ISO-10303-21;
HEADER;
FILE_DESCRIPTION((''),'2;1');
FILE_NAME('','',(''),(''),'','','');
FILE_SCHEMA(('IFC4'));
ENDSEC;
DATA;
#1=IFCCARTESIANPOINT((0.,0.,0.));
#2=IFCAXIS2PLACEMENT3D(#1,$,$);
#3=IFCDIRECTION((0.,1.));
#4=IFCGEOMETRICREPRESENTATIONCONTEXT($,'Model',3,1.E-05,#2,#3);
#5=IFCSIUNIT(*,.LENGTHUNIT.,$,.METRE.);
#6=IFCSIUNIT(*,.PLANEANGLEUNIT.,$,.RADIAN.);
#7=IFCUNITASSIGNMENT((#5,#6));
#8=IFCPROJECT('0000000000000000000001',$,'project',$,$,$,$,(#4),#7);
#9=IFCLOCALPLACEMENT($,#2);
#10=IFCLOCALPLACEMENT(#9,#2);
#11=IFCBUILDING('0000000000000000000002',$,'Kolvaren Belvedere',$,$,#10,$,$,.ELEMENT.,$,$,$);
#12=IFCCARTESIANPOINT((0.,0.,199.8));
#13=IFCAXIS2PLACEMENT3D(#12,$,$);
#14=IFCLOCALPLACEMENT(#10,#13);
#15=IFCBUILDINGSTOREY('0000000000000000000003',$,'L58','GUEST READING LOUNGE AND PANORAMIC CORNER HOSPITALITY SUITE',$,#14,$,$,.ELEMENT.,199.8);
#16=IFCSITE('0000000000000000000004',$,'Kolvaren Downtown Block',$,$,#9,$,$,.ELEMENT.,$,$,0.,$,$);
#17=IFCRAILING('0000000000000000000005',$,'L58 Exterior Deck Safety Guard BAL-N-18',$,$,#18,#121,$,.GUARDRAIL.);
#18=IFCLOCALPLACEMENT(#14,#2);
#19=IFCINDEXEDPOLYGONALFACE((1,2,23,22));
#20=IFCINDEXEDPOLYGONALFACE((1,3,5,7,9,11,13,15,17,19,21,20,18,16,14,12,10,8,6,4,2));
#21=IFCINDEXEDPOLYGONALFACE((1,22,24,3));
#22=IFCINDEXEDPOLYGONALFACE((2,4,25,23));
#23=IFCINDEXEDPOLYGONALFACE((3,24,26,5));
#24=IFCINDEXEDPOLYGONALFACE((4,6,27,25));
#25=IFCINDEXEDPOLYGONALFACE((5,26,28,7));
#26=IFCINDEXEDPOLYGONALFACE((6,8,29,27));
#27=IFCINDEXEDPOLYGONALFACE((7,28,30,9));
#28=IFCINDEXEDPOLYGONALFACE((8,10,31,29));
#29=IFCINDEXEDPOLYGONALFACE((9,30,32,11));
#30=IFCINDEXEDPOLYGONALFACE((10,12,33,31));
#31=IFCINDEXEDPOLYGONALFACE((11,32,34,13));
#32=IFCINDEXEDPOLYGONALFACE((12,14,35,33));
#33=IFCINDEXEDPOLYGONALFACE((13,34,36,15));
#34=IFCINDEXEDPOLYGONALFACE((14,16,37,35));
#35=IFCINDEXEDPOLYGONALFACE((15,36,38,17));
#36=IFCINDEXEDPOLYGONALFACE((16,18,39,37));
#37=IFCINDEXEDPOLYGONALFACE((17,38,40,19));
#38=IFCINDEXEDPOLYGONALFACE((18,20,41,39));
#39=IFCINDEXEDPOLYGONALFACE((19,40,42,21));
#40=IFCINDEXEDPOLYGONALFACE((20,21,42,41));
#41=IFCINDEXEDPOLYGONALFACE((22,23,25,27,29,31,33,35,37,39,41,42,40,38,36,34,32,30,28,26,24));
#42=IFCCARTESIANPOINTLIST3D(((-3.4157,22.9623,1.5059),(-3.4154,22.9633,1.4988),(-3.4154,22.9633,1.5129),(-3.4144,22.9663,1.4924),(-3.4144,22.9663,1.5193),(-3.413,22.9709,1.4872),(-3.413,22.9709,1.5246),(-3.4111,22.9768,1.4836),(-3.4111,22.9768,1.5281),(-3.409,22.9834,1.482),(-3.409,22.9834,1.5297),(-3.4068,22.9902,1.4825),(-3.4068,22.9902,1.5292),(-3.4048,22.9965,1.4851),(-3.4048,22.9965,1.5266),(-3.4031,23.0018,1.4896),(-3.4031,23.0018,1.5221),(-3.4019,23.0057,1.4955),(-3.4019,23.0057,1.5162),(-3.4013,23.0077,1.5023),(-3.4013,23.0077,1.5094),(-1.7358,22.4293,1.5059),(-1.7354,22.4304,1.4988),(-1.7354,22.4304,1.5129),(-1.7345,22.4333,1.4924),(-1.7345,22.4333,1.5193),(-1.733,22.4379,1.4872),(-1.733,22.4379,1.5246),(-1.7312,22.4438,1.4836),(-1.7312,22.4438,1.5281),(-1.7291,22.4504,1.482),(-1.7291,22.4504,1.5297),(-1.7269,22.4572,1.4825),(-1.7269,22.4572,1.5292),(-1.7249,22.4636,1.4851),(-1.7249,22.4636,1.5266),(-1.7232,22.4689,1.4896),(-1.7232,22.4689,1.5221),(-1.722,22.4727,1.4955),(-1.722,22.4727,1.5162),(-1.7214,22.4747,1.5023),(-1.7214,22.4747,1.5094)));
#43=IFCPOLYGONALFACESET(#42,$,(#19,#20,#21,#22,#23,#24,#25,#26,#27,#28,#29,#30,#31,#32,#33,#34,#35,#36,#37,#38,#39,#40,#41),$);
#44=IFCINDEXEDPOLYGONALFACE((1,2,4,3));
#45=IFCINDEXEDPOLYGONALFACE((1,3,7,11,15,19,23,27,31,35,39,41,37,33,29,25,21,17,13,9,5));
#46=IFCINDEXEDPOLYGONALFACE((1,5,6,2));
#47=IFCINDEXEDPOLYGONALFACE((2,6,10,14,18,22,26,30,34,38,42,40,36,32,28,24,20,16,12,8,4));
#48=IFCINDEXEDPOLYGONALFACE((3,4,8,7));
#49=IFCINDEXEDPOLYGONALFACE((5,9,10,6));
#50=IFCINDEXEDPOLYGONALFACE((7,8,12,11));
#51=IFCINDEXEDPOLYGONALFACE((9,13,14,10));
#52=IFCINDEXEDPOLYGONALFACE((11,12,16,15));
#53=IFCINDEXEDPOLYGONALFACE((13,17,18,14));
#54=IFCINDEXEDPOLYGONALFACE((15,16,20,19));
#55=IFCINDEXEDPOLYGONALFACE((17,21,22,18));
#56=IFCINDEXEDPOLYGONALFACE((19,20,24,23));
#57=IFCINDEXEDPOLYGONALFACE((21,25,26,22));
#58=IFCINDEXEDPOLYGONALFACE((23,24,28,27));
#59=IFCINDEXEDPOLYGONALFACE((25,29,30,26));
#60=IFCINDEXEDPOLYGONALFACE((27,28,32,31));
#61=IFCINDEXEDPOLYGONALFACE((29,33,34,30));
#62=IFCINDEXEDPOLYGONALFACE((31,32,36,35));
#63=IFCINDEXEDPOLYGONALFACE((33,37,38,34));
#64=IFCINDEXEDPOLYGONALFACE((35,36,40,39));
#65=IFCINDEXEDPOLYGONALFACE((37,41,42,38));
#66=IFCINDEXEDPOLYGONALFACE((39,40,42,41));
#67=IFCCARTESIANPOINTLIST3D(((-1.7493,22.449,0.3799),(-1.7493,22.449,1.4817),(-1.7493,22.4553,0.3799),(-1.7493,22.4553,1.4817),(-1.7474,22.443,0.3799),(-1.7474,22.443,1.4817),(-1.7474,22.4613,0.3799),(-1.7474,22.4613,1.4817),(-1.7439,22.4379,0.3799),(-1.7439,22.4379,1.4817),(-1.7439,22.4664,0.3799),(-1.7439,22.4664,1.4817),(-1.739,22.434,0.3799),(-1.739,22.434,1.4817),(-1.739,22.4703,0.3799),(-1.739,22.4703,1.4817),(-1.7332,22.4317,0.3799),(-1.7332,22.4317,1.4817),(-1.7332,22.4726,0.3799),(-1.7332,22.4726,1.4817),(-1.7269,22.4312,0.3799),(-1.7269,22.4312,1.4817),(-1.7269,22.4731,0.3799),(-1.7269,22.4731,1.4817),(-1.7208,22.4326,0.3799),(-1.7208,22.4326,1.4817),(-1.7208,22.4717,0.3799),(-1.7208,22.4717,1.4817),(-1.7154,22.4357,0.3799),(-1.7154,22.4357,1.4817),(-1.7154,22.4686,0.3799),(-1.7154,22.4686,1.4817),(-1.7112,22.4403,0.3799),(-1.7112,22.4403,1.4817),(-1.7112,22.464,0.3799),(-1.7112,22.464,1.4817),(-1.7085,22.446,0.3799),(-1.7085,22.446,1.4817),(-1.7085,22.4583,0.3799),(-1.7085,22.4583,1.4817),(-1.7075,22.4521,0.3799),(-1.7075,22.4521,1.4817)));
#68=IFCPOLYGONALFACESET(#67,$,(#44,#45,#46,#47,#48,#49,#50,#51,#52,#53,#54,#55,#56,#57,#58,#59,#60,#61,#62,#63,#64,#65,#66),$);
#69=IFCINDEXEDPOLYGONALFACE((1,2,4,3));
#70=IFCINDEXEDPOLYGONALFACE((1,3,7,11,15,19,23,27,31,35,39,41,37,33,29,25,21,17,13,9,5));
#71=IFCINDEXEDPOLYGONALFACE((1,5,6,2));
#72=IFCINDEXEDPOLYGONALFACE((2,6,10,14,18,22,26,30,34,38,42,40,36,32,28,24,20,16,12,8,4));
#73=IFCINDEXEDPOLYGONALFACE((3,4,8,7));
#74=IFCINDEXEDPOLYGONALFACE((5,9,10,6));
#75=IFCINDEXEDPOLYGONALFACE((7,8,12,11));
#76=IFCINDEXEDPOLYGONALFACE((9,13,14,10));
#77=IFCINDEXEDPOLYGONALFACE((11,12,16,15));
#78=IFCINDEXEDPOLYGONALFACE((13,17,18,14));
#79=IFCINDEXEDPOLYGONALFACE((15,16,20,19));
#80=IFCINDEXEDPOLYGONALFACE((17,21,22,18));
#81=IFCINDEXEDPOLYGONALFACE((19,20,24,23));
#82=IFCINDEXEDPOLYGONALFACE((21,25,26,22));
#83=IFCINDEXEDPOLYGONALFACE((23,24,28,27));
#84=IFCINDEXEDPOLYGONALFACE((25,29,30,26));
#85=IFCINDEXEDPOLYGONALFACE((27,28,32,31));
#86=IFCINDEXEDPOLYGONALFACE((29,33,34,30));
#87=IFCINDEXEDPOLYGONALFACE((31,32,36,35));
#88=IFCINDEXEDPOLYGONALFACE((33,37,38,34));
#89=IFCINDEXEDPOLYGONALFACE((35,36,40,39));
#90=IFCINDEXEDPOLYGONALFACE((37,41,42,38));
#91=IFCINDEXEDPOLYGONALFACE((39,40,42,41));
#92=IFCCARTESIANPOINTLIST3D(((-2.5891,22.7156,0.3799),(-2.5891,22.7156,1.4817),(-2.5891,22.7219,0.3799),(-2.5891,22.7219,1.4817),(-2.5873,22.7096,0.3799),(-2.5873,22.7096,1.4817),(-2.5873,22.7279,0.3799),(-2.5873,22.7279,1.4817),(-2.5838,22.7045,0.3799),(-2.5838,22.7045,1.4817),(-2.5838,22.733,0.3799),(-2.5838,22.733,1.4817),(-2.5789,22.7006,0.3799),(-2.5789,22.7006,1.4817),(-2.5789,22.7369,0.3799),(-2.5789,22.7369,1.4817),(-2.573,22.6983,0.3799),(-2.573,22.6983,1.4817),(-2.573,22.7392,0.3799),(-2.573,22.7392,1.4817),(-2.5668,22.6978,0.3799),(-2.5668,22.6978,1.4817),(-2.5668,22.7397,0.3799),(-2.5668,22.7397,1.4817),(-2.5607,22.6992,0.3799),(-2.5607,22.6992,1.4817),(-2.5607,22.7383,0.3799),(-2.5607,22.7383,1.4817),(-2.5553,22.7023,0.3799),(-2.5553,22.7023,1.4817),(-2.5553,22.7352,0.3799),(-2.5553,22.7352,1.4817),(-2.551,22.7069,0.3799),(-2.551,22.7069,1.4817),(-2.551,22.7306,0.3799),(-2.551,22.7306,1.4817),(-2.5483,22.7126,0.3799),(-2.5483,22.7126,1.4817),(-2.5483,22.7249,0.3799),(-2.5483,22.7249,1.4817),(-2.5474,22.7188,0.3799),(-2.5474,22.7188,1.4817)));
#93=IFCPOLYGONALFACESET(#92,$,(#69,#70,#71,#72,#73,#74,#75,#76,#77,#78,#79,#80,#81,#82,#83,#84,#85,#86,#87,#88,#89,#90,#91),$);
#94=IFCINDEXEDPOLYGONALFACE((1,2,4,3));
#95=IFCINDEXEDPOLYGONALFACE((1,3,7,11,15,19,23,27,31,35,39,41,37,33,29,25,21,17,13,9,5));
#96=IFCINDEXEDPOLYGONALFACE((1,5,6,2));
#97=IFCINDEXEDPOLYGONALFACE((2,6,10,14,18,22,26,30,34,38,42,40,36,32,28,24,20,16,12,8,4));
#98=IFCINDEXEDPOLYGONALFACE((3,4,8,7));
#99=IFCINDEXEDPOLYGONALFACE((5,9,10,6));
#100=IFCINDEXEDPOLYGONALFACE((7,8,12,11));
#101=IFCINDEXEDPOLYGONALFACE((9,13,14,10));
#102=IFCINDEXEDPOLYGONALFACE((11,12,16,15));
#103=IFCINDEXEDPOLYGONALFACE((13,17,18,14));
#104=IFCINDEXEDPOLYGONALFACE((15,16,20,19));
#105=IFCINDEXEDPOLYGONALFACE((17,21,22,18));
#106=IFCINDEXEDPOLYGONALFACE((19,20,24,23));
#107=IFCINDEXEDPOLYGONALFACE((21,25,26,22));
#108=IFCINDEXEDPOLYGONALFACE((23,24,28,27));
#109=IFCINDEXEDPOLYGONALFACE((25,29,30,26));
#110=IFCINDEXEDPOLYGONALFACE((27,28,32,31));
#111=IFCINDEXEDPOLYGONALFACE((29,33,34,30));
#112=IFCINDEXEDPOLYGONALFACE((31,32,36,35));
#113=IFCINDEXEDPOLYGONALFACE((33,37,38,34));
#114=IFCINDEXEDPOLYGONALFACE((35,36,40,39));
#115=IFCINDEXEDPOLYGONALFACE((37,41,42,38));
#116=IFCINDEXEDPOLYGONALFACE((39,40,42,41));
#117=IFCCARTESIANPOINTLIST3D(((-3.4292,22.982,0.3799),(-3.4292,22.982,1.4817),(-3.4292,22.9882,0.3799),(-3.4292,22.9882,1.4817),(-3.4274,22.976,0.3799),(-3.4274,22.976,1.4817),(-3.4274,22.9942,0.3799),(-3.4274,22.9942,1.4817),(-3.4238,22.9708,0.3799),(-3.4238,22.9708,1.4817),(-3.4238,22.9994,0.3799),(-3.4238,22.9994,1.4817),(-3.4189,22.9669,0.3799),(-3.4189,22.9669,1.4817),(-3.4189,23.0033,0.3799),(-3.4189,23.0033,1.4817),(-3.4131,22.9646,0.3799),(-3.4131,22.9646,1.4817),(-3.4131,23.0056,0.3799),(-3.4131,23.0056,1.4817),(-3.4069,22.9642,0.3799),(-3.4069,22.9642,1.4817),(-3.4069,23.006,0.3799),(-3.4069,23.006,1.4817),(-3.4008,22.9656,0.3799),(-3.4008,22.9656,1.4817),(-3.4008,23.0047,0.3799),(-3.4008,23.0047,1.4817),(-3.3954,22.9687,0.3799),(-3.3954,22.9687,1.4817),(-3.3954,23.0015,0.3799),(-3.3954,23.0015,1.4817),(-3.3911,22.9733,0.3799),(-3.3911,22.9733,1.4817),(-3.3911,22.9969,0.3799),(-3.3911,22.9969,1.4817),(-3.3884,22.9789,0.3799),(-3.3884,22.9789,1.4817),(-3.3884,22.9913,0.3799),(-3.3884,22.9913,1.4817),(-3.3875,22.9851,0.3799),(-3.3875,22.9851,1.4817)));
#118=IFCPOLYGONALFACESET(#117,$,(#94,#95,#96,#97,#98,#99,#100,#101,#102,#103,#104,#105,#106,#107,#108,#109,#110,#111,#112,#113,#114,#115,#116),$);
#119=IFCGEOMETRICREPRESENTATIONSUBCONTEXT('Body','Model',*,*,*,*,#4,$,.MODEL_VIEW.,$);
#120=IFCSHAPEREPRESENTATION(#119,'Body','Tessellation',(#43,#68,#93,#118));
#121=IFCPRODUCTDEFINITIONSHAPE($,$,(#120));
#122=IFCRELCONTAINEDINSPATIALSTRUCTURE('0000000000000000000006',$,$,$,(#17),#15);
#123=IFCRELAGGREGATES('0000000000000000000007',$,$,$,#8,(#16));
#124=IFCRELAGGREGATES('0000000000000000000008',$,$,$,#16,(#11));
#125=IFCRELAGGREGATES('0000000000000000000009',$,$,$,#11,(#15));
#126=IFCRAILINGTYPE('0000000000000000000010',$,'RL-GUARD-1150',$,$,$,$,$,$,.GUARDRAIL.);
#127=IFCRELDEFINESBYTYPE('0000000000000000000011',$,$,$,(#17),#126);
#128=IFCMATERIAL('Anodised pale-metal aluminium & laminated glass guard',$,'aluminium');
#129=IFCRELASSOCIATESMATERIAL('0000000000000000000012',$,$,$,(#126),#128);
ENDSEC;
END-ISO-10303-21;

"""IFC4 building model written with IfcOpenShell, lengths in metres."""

from ifc_helpers import new_model, si_unit, direction, frame, origin, origin_2d, place, context, subcontext, project, spatial, circle, extrude, material, type_object, element, save


model = new_model("IFC4")

# Units and contexts
model_context = context("Model", 3, precision=1e-05, world=origin(), true_north=direction((0.0, 1.0)))
body_context = subcontext(model_context, "Body", "Model", "MODEL_VIEW")
ifc_project = project(units=[si_unit("LENGTHUNIT", "METRE"), si_unit("PLANEANGLEUNIT", "RADIAN")], contexts=[model_context])

# Site, building, storey
site_placement = place(None, origin())
site = spatial("IfcSite", under=ifc_project, at=site_placement, Name="Kolvaren Downtown Block", CompositionType="ELEMENT", RefElevation=0.0)
building_placement = place(site_placement, origin())
building = spatial("IfcBuilding", under=site, at=building_placement, Name="Kolvaren Belvedere", CompositionType="ELEMENT")
storey_placement = place(building_placement, frame((0.0, 0.0, 199.8)))
storey = spatial("IfcBuildingStorey", under=building, at=storey_placement, Name="L58", Description="GUEST READING LOUNGE AND PANORAMIC CORNER HOSPITALITY SUITE", CompositionType="ELEMENT", Elevation=199.8)

# Railing
ifc_material_1 = material(Name="Anodised pale-metal aluminium & laminated glass guard", Category="aluminium")
railing_type = type_object("IfcRailingType", Name="RL-GUARD-1150", PredefinedType="GUARDRAIL", material=ifc_material_1)
railing_1_placement = place(storey_placement, frame((-1.7285, 22.4521, 0.3799)))
element("IfcRailing", 1, at=railing_1_placement, inside=storey, type_object=railing_type, Name="L58 Exterior Deck Safety Guard BAL-N-18", PredefinedType="GUARDRAIL", context=body_context, shape_type="SweptSolid", body=[
    extrude(circle(Radius=0.0239, at=origin_2d()), frame((0.0, 0.0, 1.126), z_axis=(-0.953182, 0.302397, 0.0), x_axis=(-0.302397, -0.953182, 0.0)), (0.0, 0.0, 1.0), 1.7625),
    extrude(circle(Radius=0.021, at=origin_2d()), origin(), (0.0, 0.0, 1.0), 1.1018),
    extrude(circle(Radius=0.021, at=origin_2d()), frame((-0.8398, 0.2666, 0.0)), (0.0, 0.0, 1.0), 1.1018),
    extrude(circle(Radius=0.021, at=origin_2d()), frame((-1.6799, 0.533, 0.0)), (0.0, 0.0, 1.0), 1.1018),
])

save(model, "model.ifc")
